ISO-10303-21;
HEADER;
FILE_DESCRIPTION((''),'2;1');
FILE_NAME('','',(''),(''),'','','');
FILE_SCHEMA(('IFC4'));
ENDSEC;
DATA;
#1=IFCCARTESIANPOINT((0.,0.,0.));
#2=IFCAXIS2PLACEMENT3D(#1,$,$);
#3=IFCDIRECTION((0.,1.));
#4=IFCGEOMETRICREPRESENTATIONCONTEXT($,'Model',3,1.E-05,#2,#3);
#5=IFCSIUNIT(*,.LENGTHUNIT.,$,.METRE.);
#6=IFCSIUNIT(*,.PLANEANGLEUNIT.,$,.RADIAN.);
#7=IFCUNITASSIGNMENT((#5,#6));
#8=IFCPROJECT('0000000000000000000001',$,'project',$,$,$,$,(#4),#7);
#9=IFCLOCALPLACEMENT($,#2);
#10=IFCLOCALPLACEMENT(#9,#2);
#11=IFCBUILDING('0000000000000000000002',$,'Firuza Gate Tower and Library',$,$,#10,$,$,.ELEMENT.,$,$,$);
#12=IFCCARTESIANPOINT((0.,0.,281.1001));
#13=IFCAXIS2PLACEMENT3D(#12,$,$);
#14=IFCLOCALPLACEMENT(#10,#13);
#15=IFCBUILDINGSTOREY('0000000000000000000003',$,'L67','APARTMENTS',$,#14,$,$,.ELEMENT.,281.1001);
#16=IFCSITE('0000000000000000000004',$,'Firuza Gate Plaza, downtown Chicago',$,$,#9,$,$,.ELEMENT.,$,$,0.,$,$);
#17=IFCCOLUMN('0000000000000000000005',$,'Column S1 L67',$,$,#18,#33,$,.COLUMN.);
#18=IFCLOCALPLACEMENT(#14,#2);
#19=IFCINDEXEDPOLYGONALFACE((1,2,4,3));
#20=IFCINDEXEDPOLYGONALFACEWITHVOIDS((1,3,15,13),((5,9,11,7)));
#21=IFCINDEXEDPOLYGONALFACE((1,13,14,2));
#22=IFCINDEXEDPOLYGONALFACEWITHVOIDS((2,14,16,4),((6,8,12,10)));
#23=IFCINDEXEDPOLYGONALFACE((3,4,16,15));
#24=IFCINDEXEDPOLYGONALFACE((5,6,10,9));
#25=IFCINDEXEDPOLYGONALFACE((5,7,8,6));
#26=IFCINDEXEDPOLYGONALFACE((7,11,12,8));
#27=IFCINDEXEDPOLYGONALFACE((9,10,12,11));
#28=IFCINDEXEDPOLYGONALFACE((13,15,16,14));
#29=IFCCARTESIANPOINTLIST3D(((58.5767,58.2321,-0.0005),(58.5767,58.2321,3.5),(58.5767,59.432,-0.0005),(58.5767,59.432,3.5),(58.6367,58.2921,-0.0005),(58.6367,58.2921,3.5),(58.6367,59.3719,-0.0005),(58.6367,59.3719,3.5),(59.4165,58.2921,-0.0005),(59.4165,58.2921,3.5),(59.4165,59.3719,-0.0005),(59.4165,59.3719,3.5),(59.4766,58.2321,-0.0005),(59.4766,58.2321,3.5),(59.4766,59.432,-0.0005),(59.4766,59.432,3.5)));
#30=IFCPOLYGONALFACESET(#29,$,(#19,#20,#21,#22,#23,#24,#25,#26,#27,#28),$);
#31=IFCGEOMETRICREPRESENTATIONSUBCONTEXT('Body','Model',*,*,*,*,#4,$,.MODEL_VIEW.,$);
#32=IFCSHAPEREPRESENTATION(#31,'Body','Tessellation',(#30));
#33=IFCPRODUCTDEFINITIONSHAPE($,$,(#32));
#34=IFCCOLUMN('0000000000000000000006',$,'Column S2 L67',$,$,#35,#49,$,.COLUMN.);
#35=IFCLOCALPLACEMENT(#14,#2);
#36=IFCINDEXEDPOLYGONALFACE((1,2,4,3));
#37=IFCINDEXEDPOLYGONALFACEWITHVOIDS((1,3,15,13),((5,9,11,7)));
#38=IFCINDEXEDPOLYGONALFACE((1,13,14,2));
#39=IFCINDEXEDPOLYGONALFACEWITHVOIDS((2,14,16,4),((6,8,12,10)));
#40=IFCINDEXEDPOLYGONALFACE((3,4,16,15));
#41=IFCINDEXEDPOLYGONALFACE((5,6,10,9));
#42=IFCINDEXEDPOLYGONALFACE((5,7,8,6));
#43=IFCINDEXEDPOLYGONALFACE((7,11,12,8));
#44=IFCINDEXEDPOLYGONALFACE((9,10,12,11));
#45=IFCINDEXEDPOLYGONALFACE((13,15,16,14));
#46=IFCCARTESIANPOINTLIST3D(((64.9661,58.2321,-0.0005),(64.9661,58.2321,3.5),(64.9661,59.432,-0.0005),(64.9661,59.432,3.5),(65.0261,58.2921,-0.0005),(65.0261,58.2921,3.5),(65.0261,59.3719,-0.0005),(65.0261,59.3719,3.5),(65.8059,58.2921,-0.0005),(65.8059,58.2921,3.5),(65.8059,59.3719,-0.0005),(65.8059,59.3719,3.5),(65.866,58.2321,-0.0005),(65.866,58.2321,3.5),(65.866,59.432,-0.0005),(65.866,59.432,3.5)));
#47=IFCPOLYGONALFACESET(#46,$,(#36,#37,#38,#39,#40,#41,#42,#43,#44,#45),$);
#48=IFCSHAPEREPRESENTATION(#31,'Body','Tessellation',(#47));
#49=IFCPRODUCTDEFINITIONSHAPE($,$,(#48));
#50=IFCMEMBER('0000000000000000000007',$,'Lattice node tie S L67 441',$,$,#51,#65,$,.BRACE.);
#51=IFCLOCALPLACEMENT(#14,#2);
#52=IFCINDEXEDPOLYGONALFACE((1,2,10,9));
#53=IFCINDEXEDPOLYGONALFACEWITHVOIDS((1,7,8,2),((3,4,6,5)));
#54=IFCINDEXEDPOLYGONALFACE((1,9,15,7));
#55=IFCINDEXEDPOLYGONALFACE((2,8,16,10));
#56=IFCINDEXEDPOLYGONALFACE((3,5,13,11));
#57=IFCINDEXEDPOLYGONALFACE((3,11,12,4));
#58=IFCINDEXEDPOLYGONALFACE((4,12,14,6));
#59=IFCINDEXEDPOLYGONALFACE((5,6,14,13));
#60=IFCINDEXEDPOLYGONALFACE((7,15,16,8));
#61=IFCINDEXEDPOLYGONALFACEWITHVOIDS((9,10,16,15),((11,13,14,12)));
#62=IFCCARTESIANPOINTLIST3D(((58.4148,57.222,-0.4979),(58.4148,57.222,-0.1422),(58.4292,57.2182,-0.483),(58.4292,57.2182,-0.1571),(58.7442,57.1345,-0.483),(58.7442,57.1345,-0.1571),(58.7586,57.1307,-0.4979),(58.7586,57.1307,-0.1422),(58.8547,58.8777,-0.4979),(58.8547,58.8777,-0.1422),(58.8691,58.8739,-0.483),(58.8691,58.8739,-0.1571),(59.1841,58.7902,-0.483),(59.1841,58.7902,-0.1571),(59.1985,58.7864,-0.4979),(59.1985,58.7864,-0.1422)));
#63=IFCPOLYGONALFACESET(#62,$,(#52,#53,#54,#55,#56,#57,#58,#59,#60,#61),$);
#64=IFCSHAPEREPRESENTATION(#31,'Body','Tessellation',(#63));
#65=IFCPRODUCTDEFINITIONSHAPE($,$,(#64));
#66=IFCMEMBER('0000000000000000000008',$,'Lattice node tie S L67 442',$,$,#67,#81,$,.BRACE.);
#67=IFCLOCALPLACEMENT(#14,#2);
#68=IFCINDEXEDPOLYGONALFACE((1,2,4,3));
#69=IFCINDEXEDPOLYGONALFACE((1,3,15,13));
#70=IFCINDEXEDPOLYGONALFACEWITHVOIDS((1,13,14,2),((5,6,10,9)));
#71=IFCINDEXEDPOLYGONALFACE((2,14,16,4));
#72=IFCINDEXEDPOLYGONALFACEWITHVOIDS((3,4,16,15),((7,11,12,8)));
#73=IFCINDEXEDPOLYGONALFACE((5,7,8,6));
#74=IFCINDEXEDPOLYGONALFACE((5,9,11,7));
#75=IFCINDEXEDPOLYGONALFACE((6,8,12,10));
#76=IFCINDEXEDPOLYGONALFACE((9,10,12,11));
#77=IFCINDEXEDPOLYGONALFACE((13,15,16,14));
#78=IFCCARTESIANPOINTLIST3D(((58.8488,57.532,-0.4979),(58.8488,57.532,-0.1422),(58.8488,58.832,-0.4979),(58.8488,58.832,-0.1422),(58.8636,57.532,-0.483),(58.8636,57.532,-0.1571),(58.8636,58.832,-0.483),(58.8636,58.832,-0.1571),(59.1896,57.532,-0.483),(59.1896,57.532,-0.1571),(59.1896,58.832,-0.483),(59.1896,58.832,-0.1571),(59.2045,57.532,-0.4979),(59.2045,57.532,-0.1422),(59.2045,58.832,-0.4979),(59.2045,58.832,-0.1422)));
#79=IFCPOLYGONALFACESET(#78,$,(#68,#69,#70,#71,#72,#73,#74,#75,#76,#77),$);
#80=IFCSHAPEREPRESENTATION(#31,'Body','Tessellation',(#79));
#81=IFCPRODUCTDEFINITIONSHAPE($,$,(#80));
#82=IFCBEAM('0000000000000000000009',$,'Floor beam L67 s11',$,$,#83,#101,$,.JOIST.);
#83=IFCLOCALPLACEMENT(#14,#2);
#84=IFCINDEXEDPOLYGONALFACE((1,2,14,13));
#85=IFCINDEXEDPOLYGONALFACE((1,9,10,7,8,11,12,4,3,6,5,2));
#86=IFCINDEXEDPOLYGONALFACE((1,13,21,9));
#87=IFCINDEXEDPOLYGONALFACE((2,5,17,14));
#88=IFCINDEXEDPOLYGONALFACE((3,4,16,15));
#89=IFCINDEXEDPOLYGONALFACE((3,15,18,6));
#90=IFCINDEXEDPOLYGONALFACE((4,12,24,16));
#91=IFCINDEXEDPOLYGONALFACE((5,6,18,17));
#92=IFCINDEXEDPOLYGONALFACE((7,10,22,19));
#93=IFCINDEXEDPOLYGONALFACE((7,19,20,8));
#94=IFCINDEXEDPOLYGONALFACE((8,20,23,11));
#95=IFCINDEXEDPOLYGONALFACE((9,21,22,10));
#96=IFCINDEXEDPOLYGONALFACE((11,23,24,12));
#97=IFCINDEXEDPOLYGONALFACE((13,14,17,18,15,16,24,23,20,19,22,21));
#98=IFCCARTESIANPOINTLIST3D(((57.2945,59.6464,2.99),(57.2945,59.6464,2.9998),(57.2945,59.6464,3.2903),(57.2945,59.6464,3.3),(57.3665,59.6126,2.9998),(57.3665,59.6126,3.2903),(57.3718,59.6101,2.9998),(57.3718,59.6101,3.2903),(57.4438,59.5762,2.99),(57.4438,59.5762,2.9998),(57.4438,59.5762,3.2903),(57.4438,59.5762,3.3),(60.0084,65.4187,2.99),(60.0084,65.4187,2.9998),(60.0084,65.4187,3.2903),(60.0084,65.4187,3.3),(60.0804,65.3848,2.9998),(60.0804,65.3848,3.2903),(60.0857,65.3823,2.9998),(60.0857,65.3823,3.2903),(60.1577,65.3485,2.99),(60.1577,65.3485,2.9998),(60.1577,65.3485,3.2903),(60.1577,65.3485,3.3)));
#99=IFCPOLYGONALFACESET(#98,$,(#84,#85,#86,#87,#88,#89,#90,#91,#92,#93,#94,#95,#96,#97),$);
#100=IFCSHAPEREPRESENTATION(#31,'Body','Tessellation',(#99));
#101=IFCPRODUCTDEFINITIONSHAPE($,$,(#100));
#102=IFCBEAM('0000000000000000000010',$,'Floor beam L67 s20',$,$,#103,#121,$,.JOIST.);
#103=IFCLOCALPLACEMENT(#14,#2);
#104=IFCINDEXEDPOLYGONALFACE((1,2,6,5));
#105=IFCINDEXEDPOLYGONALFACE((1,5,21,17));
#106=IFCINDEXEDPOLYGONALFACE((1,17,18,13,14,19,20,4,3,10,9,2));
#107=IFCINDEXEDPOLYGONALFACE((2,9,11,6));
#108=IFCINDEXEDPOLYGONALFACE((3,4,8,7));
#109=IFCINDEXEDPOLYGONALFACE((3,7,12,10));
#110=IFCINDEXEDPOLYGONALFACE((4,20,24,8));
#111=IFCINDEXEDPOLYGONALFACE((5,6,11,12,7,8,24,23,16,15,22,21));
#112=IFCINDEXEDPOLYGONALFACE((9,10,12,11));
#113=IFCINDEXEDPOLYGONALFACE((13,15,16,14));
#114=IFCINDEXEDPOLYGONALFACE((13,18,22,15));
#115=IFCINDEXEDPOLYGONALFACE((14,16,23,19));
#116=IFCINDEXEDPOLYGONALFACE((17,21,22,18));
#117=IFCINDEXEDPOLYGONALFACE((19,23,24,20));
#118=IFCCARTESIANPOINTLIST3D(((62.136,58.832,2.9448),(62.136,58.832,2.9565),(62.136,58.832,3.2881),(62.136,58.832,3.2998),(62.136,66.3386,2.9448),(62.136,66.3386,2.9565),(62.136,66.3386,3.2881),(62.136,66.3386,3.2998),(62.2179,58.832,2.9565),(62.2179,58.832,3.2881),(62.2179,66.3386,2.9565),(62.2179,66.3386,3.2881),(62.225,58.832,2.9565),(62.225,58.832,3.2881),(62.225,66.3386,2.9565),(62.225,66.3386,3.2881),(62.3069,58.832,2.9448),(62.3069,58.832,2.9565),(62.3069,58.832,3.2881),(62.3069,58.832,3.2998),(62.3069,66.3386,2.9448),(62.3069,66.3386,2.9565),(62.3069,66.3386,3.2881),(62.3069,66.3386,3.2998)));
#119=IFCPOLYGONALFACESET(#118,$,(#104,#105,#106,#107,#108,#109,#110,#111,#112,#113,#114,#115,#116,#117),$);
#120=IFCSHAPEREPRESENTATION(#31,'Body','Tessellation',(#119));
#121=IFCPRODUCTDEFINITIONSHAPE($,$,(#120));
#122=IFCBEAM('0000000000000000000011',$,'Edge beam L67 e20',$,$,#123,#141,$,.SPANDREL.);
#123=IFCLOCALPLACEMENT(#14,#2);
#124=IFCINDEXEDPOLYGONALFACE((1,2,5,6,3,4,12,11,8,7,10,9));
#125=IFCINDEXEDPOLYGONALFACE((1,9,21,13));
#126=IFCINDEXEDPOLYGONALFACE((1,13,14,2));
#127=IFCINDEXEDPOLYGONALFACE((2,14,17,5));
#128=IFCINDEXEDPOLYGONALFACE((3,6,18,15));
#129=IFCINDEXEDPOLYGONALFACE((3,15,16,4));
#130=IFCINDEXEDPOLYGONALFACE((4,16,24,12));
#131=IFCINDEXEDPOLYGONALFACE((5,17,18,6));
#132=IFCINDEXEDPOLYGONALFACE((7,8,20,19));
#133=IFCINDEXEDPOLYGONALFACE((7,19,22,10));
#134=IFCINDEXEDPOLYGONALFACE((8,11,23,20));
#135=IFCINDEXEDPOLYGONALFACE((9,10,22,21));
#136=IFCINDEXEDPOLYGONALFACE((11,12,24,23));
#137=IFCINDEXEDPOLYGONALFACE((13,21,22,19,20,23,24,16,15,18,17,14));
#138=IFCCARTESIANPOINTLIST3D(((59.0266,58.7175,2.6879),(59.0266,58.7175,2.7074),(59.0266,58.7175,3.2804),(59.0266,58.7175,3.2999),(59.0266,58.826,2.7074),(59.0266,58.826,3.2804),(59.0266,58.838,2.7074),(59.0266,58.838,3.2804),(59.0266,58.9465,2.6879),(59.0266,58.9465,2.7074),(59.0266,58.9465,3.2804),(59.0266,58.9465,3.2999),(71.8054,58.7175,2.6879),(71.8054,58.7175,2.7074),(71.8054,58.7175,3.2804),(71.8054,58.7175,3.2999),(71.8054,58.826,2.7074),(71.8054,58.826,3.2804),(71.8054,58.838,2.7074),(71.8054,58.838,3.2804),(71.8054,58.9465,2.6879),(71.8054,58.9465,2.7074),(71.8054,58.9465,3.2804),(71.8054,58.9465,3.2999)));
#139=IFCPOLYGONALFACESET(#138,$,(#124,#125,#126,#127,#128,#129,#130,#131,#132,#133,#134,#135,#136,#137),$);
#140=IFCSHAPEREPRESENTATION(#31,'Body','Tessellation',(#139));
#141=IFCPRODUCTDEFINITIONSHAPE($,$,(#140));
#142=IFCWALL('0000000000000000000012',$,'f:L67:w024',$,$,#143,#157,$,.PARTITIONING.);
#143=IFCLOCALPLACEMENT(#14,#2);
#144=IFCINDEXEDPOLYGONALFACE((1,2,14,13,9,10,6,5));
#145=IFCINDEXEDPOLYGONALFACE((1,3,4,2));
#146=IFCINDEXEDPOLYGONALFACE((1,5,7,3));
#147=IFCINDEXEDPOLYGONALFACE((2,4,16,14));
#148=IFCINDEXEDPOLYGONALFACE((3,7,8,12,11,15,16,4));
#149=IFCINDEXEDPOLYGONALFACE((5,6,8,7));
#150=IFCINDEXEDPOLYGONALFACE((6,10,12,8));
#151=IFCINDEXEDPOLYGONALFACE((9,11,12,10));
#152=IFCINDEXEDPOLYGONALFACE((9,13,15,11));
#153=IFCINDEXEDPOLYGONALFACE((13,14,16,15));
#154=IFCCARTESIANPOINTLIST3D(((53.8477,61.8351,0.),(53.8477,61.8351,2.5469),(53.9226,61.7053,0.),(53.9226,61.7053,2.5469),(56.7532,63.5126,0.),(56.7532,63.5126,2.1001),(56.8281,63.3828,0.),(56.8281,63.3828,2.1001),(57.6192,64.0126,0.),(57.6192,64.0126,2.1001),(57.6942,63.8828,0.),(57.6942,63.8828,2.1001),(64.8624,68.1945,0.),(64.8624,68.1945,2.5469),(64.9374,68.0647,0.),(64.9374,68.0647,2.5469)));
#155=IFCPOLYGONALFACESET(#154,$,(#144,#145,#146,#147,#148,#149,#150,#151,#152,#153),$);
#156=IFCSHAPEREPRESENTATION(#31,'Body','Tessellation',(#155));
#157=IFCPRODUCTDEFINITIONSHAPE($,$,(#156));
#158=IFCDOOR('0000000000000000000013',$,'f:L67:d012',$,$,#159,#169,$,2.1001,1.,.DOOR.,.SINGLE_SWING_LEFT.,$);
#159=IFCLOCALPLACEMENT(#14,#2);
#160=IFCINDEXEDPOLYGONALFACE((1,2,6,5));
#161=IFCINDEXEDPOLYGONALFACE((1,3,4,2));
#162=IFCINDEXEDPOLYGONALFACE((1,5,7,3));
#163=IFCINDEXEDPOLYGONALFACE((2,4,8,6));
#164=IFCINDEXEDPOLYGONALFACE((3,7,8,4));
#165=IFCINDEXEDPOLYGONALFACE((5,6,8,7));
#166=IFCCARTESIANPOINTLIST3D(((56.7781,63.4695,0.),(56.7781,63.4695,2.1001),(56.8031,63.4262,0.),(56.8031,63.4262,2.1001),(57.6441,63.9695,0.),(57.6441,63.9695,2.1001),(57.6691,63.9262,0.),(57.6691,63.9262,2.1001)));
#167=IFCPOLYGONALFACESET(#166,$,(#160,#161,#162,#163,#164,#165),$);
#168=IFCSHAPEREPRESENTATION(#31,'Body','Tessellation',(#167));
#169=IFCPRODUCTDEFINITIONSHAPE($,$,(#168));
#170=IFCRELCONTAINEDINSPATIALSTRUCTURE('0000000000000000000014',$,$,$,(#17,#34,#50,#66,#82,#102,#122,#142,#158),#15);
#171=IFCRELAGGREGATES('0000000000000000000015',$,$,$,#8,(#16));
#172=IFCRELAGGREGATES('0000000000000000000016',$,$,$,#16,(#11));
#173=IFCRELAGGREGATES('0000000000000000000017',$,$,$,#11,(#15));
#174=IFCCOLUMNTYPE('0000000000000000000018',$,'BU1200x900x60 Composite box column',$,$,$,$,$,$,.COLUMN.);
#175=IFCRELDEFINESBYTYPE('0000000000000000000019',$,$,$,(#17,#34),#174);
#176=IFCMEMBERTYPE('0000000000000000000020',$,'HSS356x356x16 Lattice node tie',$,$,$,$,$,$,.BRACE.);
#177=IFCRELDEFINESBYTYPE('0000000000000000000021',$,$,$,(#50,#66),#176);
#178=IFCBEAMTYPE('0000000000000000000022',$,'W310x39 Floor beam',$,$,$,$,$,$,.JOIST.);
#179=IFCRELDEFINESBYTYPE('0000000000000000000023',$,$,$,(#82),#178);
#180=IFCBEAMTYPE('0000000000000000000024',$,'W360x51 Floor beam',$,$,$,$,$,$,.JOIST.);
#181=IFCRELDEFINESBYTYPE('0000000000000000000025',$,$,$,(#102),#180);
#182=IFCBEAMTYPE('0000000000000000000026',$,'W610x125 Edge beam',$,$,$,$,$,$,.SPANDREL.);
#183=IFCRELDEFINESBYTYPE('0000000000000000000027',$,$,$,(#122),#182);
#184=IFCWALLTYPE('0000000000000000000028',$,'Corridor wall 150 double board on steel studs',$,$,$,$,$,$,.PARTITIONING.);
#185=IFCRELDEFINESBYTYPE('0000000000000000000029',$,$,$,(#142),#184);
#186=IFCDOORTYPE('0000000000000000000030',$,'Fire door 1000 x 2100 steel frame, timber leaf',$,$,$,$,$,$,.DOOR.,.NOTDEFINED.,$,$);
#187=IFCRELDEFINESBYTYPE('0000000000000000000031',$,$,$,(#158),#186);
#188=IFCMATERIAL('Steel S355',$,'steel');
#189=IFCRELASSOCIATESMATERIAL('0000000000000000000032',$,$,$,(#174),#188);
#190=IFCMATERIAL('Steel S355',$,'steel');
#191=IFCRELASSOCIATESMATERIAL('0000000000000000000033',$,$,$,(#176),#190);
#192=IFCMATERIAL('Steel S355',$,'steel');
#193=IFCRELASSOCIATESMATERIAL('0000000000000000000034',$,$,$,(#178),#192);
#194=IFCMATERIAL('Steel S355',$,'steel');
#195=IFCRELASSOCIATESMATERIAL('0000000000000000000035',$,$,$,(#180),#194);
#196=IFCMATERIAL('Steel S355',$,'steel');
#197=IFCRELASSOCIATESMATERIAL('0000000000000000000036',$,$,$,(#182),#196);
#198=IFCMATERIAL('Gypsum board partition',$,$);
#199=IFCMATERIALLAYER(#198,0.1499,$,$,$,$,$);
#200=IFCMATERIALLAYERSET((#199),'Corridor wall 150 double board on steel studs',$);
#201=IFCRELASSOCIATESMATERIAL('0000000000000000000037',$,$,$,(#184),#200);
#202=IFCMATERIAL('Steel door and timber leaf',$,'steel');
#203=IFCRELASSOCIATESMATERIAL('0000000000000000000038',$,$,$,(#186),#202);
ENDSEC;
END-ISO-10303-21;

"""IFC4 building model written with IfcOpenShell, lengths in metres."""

from ifc_helpers import new_model, si_unit, direction, frame, frame_2d, origin, origin_2d, place, context, subcontext, project, spatial, rectangle, hollow_rectangle, i_section, extrude, material, layer, layer_set, material_profile, profile_set, type_object, element, fill, save


model = new_model("IFC4")

# Units and contexts
model_context = context("Model", 3, precision=1e-05, world=origin(), true_north=direction((0.0, 1.0)))
body_context = subcontext(model_context, "Body", "Model", "MODEL_VIEW")
ifc_project = project(units=[si_unit("LENGTHUNIT", "METRE"), si_unit("PLANEANGLEUNIT", "RADIAN")], contexts=[model_context])

# Site, building, storey
site_placement = place(None, origin())
site = spatial("IfcSite", under=ifc_project, at=site_placement, Name="Firuza Gate Plaza, downtown Chicago", CompositionType="ELEMENT", RefElevation=0.0)
building_placement = place(site_placement, origin())
building = spatial("IfcBuilding", under=site, at=building_placement, Name="Firuza Gate Tower and Library", CompositionType="ELEMENT")
storey_placement = place(building_placement, frame((0.0, 0.0, 281.1001)))
storey = spatial("IfcBuildingStorey", under=building, at=storey_placement, Name="L67", Description="APARTMENTS", CompositionType="ELEMENT", Elevation=281.1001)

# Columns
ifc_material_1 = material(Name="Steel S355", Category="steel")
ifc_material_profile_1 = material_profile(ifc_material_1, hollow_rectangle(XDim=0.8999, YDim=1.2, WallThickness=0.0601, at=origin_2d()))
ifc_profile_set_1 = profile_set([ifc_material_profile_1], Name="Steel S355")
column_type = type_object("IfcColumnType", Name="BU1200x900x60 Composite box column", PredefinedType="COLUMN", material=ifc_profile_set_1)
for number, where, z_axis, x_axis, name in (
    (1, (59.0266, 58.832, -0.0005), (0.0, 0.0, 1.0), (1.0, 0.0, 0.0), "Column S1 L67"),
    (2, (65.416, 58.832, -0.0005), (0.0, 0.0, 1.0), (1.0, 0.0, 0.0), "Column S2 L67"),
):
    element("IfcColumn", number, at=place(storey_placement, frame(where, z_axis=z_axis, x_axis=x_axis)), inside=storey, type_object=column_type, Name=name, PredefinedType="COLUMN", context=body_context, shape_type="SweptSolid", body=[
        extrude(hollow_rectangle(XDim=0.8999, YDim=1.2, WallThickness=0.0601, at=origin_2d()), origin(), (0.0, 0.0, 1.0), 3.5005),
    ])

# Members
ifc_material_2 = material(Name="Steel S355", Category="steel")
ifc_material_profile_2 = material_profile(ifc_material_2, hollow_rectangle(XDim=0.3557, YDim=0.3557, WallThickness=0.0149, at=origin_2d()))
ifc_profile_set_2 = profile_set([ifc_material_profile_2], Name="Steel S355")
member_type = type_object("IfcMemberType", Name="HSS356x356x16 Lattice node tie", PredefinedType="BRACE", material=ifc_profile_set_2)
member_1_placement = place(storey_placement, frame((59.0266, 58.832, -0.3201), z_axis=(-0.256793, -0.966466, 0.0), x_axis=(0.966466, -0.256793, 0.0)))
element("IfcMember", 3, at=member_1_placement, inside=storey, type_object=member_type, Name="Lattice node tie S L67 441", PredefinedType="BRACE", context=body_context, shape_type="SweptSolid", body=[
    extrude(hollow_rectangle(XDim=0.3557, YDim=0.3557, WallThickness=0.0149, at=origin_2d()), origin(), (0.0, 0.0, 1.0), 1.7131),
])
member_2_placement = place(storey_placement, frame((59.0266, 58.832, -0.3201), z_axis=(0.0, -1.0, 0.0), x_axis=(1.0, 0.0, 0.0)))
element("IfcMember", 4, at=member_2_placement, inside=storey, type_object=member_type, Name="Lattice node tie S L67 442", PredefinedType="BRACE", context=body_context, shape_type="SweptSolid", body=[
    extrude(hollow_rectangle(XDim=0.3557, YDim=0.3557, WallThickness=0.0149, at=origin_2d()), origin(), (0.0, 0.0, 1.0), 1.3),
])

# Beams
ifc_material_3 = material(Name="Steel S355", Category="steel")
ifc_material_profile_3 = material_profile(ifc_material_3, i_section(OverallWidth=0.165, OverallDepth=0.3101, WebThickness=0.0059, FlangeThickness=0.0098, at=origin_2d()))
ifc_profile_set_3 = profile_set([ifc_material_profile_3], Name="Steel S355")
beam_type_1 = type_object("IfcBeamType", Name="W310x39 Floor beam", PredefinedType="JOIST", material=ifc_profile_set_3)
beam_1_placement = place(storey_placement, frame((57.3691, 59.6113, 3.145), z_axis=(0.42548, 0.904968, 0.0), x_axis=(-0.904968, 0.42548, 0.0)))
element("IfcBeam", 5, at=beam_1_placement, inside=storey, type_object=beam_type_1, Name="Floor beam L67 s11", PredefinedType="JOIST", context=body_context, shape_type="SweptSolid", body=[
    extrude(i_section(OverallWidth=0.165, OverallDepth=0.3101, WebThickness=0.0059, FlangeThickness=0.0098, at=origin_2d()), origin(), (0.0, 0.0, 1.0), 6.3784),
])
ifc_material_4 = material(Name="Steel S355", Category="steel")
ifc_material_profile_4 = material_profile(ifc_material_4, i_section(OverallWidth=0.1709, OverallDepth=0.355, WebThickness=0.0071, FlangeThickness=0.0117, at=origin_2d()))
ifc_profile_set_4 = profile_set([ifc_material_profile_4], Name="Steel S355")
beam_type_2 = type_object("IfcBeamType", Name="W360x51 Floor beam", PredefinedType="JOIST", material=ifc_profile_set_4)
beam_2_placement = place(storey_placement, frame((62.2214, 58.832, 3.1223), z_axis=(0.0, 1.0, 0.0), x_axis=(-1.0, 0.0, 0.0)))
element("IfcBeam", 6, at=beam_2_placement, inside=storey, type_object=beam_type_2, Name="Floor beam L67 s20", PredefinedType="JOIST", context=body_context, shape_type="SweptSolid", body=[
    extrude(i_section(OverallWidth=0.1709, OverallDepth=0.355, WebThickness=0.0071, FlangeThickness=0.0117, at=origin_2d()), origin(), (0.0, 0.0, 1.0), 7.5066),
])
ifc_material_5 = material(Name="Steel S355", Category="steel")
ifc_material_profile_5 = material_profile(ifc_material_5, i_section(OverallWidth=0.229, OverallDepth=0.6121, WebThickness=0.012, FlangeThickness=0.0195, at=origin_2d()))
ifc_profile_set_5 = profile_set([ifc_material_profile_5], Name="Steel S355")
beam_type_3 = type_object("IfcBeamType", Name="W610x125 Edge beam", PredefinedType="SPANDREL", material=ifc_profile_set_5)
beam_3_placement = place(storey_placement, frame((59.0266, 58.832, 2.9939), z_axis=(1.0, 0.0, 0.0), x_axis=(0.0, 1.0, 0.0)))
element("IfcBeam", 7, at=beam_3_placement, inside=storey, type_object=beam_type_3, Name="Edge beam L67 e20", PredefinedType="SPANDREL", context=body_context, shape_type="SweptSolid", body=[
    extrude(i_section(OverallWidth=0.229, OverallDepth=0.6121, WebThickness=0.012, FlangeThickness=0.0195, at=origin_2d()), origin(), (0.0, 0.0, 1.0), 12.7788),
])

# Wall, opening, door
ifc_material_6 = material(Name="Gypsum board partition")
ifc_layer_1 = layer(ifc_material_6, 0.1499)
ifc_layer_set_1 = layer_set([ifc_layer_1], Name="Corridor wall 150 double board on steel studs")
wall_type_1 = type_object("IfcWallType", Name="Corridor wall 150 double board on steel studs", PredefinedType="PARTITIONING", material=ifc_layer_set_1)
wall_1_placement = place(storey_placement, frame((64.8999, 68.1296, 0.0), z_axis=(0.0, 0.0, 1.0), x_axis=(-0.866023, -0.500004, 0.0)))
wall_1 = element("IfcWall", 8, at=wall_1_placement, inside=storey, type_object=wall_type_1, Name="f:L67:w024", PredefinedType="PARTITIONING", context=body_context, shape_type="SweptSolid", body=[
    extrude(rectangle(XDim=12.7188, YDim=0.1499, at=frame_2d((6.3594, 0.0))), origin(), (0.0, 0.0, 1.0), 2.5469),
])
opening_1_placement = place(wall_1_placement, frame((8.3638, 0.0, 0.0)))
opening_1 = element("IfcOpeningElement", 9, at=opening_1_placement, cuts=wall_1, PredefinedType="OPENING", context=body_context, shape_type="SweptSolid", body=[
    extrude(rectangle(XDim=1.0, YDim=2.1001, at=frame_2d((0.5, 1.05))), frame((0.0, 0.085, 0.0), z_axis=(0.0, -1.0, 0.0), x_axis=(1.0, 0.0, 0.0)), (0.0, 0.0, 1.0), 0.1699),
])
ifc_material_7 = material(Name="Steel door and timber leaf", Category="steel")
door_type_1 = type_object("IfcDoorType", Name="Fire door 1000 x 2100 steel frame, timber leaf", OperationType="NOTDEFINED", PredefinedType="DOOR", material=ifc_material_7)
door_1_placement = place(opening_1_placement, origin())
door_1 = element("IfcDoor", 10, at=door_1_placement, inside=storey, type_object=door_type_1, Name="f:L67:d012", OperationType="SINGLE_SWING_LEFT", OverallHeight=2.1001, OverallWidth=1.0, PredefinedType="DOOR", context=body_context, shape_type="SweptSolid", body=[
    extrude(rectangle(XDim=1.0, YDim=2.1001, at=frame_2d((0.5, 1.05))), frame((0.0, 0.0249, 0.0), z_axis=(0.0, -1.0, 0.0), x_axis=(1.0, 0.0, 0.0)), (0.0, 0.0, 1.0), 0.05),
])
fill(opening_1, door_1)

save(model, "model.ifc")
